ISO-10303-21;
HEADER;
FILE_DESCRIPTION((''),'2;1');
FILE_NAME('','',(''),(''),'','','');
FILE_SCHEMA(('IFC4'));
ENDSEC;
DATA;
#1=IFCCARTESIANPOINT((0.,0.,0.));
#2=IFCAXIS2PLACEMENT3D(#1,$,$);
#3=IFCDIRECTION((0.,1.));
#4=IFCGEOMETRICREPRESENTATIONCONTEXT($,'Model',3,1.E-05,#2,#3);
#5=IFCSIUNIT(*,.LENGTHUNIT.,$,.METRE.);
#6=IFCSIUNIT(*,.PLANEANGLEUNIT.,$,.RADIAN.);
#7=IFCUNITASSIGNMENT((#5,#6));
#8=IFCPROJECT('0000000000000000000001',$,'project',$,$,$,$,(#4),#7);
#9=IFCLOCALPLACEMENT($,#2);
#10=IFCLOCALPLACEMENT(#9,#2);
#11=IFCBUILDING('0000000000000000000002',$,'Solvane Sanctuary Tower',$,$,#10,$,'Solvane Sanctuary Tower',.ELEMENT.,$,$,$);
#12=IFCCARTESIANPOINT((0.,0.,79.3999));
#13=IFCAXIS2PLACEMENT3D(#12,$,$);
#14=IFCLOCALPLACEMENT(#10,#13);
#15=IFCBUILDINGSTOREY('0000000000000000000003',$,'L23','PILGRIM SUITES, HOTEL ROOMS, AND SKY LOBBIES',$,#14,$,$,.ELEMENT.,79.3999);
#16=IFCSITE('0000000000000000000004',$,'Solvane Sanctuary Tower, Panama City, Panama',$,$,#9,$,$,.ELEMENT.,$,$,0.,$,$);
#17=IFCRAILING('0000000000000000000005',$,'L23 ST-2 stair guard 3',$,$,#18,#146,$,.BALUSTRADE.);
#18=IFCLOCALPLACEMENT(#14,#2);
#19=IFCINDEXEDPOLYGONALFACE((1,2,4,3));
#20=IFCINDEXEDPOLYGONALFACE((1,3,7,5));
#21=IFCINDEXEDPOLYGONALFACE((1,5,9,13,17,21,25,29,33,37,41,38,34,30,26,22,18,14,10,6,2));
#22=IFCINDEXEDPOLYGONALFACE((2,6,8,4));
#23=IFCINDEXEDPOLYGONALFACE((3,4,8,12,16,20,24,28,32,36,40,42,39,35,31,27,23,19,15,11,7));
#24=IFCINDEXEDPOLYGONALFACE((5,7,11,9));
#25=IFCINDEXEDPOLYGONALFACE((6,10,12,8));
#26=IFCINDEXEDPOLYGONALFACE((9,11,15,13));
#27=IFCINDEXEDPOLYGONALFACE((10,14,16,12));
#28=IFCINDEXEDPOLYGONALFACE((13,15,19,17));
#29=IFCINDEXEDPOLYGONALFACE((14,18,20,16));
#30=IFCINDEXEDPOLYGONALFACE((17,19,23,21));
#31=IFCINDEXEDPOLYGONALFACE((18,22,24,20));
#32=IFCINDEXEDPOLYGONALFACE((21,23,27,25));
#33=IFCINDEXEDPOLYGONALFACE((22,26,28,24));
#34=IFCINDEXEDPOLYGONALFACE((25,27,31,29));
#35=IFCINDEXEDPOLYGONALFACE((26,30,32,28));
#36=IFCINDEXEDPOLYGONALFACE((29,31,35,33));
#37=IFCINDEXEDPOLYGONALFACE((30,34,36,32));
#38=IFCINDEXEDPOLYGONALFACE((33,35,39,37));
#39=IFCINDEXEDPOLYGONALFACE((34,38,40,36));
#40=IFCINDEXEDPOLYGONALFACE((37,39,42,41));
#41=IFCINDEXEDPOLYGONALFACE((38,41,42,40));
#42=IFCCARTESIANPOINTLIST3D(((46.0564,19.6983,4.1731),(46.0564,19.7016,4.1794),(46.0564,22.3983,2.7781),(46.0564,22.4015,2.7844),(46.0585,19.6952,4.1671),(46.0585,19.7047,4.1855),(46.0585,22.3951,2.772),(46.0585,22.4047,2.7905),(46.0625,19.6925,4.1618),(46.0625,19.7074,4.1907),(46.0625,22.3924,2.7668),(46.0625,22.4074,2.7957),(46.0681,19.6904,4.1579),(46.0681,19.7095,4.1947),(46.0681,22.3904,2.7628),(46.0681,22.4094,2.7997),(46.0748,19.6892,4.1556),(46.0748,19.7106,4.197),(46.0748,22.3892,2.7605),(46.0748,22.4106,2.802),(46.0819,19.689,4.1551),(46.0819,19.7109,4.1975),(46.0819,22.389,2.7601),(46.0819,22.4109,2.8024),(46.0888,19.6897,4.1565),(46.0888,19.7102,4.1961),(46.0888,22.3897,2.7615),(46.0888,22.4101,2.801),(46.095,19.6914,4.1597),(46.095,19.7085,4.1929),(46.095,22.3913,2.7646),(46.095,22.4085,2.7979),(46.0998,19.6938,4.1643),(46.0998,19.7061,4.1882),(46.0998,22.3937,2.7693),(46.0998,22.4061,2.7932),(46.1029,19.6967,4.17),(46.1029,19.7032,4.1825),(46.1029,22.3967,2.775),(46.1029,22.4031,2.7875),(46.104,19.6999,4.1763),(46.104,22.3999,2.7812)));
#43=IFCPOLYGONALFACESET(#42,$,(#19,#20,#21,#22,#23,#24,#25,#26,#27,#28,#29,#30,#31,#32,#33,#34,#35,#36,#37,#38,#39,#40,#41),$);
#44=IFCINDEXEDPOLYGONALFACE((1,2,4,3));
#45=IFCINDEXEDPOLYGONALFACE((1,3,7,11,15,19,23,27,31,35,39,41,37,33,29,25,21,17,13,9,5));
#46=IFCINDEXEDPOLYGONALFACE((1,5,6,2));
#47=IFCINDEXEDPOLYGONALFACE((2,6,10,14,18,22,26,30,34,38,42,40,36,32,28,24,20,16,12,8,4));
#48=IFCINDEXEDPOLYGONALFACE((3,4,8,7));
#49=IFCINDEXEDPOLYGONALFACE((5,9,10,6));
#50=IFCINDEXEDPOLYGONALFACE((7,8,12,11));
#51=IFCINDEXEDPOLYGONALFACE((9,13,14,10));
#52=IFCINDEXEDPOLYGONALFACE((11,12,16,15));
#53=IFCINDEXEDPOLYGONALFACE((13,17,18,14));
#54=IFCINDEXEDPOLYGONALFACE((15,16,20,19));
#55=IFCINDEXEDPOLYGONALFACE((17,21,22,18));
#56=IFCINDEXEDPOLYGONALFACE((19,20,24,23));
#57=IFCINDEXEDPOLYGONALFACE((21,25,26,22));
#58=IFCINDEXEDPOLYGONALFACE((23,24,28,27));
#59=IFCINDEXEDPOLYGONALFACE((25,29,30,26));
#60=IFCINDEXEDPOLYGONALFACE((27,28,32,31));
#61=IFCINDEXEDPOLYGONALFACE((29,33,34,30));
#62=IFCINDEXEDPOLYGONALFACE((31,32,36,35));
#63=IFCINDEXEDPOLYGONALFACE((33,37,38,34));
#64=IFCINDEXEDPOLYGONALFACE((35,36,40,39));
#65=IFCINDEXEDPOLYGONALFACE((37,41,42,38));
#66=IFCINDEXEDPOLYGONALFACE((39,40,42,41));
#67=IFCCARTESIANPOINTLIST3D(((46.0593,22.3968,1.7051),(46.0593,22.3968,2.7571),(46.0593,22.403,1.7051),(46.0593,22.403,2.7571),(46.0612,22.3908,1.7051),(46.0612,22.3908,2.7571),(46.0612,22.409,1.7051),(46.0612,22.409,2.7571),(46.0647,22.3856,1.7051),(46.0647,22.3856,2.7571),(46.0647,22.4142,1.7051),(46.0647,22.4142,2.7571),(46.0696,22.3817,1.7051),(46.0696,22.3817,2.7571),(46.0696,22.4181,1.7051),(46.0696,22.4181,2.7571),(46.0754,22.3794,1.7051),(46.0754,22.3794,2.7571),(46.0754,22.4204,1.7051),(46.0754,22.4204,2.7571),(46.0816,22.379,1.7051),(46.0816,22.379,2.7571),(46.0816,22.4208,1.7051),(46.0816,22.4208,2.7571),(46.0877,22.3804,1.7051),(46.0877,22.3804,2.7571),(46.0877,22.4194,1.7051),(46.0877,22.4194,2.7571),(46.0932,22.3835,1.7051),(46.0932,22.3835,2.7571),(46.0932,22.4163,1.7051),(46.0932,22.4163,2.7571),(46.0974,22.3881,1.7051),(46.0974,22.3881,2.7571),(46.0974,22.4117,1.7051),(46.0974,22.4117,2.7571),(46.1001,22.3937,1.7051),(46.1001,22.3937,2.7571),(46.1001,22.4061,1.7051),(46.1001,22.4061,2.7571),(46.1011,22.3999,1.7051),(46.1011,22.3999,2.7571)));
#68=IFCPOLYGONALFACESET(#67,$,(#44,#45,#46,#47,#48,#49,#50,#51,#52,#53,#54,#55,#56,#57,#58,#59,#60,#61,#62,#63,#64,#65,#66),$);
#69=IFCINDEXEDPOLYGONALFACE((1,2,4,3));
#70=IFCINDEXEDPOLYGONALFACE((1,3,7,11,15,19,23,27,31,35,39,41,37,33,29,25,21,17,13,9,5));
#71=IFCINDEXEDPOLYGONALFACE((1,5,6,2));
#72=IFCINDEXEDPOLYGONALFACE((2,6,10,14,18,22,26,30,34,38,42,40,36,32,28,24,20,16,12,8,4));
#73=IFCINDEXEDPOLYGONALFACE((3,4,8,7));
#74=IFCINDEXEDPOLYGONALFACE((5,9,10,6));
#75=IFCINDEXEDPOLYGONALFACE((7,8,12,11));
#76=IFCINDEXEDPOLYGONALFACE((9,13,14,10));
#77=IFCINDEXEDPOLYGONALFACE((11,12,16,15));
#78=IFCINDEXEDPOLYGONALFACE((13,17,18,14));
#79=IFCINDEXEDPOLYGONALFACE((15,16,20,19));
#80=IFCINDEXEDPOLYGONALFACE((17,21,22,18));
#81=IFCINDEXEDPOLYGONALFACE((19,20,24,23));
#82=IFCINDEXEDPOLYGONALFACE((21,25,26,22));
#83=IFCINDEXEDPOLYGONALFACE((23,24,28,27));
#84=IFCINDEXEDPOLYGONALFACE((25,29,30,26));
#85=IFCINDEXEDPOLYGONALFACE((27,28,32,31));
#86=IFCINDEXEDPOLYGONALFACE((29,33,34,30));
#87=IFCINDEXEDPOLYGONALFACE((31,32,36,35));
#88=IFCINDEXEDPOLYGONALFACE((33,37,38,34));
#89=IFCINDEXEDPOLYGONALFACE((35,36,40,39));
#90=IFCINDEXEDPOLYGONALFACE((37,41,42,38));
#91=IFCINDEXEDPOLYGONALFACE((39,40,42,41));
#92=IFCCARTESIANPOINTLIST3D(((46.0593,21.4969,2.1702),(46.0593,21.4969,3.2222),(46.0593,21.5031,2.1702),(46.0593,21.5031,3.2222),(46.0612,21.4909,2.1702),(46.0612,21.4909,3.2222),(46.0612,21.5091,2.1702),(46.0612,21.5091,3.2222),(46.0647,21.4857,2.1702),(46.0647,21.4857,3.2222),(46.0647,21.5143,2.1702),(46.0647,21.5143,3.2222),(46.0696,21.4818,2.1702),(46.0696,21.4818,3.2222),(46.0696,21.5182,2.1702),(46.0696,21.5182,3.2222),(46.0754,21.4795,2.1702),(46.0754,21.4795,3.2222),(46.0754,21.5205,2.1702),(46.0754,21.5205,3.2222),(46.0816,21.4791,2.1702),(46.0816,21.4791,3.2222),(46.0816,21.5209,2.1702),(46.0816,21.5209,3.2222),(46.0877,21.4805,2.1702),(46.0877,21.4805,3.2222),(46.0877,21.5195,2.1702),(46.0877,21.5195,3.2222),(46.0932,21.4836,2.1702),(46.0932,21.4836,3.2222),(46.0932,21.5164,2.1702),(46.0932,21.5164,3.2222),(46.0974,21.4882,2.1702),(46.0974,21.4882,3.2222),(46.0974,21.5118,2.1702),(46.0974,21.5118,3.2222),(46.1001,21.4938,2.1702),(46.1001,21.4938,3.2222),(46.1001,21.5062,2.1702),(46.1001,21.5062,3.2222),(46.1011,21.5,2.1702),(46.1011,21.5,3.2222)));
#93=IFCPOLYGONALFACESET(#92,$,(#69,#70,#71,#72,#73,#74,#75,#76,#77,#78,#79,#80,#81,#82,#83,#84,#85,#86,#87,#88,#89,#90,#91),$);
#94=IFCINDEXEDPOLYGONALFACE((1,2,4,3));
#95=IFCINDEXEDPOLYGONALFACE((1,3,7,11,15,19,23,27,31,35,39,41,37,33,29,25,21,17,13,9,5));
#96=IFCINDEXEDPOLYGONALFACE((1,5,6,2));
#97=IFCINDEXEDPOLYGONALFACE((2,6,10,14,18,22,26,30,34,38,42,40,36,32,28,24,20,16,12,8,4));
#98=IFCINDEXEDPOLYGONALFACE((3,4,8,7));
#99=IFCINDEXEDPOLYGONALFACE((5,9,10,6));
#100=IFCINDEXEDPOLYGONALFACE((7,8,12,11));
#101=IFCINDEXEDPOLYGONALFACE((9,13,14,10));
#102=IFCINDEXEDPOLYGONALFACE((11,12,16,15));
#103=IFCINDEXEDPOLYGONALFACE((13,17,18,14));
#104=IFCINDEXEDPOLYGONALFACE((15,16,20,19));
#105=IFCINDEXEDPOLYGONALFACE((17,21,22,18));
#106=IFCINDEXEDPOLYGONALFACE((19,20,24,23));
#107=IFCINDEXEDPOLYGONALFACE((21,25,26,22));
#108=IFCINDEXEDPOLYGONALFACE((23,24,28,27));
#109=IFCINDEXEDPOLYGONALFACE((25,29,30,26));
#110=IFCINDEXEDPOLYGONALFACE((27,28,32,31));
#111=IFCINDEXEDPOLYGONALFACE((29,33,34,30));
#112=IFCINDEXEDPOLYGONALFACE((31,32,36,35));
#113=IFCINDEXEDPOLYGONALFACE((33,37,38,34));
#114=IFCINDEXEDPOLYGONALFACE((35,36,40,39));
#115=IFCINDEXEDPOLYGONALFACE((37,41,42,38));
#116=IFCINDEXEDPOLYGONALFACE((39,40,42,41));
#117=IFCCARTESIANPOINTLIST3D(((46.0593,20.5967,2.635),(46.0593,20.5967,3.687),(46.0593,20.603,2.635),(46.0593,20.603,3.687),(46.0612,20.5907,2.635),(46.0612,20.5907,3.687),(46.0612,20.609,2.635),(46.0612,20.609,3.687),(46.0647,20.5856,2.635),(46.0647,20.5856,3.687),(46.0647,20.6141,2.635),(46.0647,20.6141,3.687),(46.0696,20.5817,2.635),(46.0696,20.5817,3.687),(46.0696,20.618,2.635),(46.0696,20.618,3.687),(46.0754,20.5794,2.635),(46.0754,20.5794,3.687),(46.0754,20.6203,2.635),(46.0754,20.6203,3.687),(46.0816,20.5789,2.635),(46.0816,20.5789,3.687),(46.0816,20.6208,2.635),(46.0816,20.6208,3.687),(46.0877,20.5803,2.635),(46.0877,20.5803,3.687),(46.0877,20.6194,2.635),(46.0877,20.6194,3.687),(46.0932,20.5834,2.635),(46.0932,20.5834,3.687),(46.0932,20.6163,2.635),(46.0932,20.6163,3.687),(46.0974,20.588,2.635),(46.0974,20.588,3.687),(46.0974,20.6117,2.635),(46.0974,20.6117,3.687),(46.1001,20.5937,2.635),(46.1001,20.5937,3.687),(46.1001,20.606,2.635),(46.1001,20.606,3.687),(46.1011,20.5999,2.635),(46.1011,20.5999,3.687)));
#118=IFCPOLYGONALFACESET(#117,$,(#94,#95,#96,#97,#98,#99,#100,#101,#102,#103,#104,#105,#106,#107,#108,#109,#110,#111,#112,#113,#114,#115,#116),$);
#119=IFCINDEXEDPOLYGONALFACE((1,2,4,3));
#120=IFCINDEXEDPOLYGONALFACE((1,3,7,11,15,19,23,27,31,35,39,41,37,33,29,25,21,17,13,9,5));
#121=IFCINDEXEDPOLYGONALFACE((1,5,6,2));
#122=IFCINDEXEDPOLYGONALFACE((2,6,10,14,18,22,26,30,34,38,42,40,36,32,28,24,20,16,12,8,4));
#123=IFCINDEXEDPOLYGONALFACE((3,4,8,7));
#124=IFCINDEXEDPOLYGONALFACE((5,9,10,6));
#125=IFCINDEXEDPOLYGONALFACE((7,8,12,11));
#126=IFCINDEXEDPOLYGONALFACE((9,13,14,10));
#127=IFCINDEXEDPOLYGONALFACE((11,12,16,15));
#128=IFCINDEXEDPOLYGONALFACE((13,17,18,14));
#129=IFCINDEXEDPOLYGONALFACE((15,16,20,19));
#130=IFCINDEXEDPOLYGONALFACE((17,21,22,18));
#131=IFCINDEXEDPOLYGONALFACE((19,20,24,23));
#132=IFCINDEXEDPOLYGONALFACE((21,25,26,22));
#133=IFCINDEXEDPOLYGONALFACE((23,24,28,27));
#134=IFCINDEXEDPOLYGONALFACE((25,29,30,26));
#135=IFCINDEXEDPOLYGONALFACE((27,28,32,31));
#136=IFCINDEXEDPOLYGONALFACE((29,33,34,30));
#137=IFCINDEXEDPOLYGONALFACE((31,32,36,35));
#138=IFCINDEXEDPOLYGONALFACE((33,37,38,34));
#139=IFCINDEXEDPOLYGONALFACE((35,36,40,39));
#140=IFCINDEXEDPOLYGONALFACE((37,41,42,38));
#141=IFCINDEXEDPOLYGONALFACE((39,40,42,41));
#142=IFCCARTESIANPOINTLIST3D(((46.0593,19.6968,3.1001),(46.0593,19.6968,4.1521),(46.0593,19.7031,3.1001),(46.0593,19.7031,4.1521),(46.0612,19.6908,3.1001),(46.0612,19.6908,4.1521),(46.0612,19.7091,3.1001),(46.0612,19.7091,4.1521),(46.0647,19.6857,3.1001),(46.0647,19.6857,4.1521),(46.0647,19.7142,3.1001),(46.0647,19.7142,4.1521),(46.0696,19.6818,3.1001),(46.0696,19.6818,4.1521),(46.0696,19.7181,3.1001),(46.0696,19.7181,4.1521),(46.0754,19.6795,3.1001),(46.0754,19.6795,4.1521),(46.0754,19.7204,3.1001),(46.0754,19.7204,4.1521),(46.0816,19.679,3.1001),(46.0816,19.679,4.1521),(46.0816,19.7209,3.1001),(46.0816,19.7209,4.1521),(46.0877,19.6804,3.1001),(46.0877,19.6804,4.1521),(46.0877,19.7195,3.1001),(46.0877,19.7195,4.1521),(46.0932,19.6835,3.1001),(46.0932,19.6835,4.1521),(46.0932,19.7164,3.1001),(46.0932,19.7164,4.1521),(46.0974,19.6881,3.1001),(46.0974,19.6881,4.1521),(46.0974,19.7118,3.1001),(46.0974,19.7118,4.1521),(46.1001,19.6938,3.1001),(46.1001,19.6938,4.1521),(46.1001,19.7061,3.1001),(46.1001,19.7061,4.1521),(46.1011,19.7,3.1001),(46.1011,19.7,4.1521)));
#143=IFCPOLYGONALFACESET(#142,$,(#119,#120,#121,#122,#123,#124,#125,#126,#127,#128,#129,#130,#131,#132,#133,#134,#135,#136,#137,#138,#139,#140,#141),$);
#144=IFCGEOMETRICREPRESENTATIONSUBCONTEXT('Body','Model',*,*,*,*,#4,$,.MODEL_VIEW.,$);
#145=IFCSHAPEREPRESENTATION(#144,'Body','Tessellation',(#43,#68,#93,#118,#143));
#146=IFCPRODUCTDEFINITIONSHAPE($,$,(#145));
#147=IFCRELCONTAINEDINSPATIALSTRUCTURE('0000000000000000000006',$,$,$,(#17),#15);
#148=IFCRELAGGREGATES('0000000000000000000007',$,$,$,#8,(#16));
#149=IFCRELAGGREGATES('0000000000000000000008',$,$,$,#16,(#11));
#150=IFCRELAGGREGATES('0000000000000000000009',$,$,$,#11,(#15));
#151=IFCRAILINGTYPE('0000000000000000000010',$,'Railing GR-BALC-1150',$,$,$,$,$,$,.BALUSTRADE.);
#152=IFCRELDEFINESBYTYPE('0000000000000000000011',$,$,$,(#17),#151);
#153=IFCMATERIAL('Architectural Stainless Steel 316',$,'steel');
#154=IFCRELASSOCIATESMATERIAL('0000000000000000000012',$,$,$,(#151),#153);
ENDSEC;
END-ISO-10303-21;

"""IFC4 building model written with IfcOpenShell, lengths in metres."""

from ifc_helpers import new_model, si_unit, direction, frame, origin, origin_2d, place, context, subcontext, project, spatial, circle, extrude, material, type_object, element, save


model = new_model("IFC4")

# Units and contexts
model_context = context("Model", 3, precision=1e-05, world=origin(), true_north=direction((0.0, 1.0)))
body_context = subcontext(model_context, "Body", "Model", "MODEL_VIEW")
ifc_project = project(units=[si_unit("LENGTHUNIT", "METRE"), si_unit("PLANEANGLEUNIT", "RADIAN")], contexts=[model_context])

# Site, building, storey
site_placement = place(None, origin())
site = spatial("IfcSite", under=ifc_project, at=site_placement, Name="Solvane Sanctuary Tower, Panama City, Panama", CompositionType="ELEMENT", RefElevation=0.0)
building_placement = place(site_placement, origin())
building = spatial("IfcBuilding", under=site, at=building_placement, Name="Solvane Sanctuary Tower", LongName="Solvane Sanctuary Tower", CompositionType="ELEMENT")
storey_placement = place(building_placement, frame((0.0, 0.0, 79.3999)))
storey = spatial("IfcBuildingStorey", under=building, at=storey_placement, Name="L23", Description="PILGRIM SUITES, HOTEL ROOMS, AND SKY LOBBIES", CompositionType="ELEMENT", Elevation=79.3999)

# Shared definitions
ifc_material_1 = material(Name="Architectural Stainless Steel 316", Category="steel")

# Railing
railing_type_1 = type_object("IfcRailingType", Name="Railing GR-BALC-1150", PredefinedType="BALUSTRADE", material=ifc_material_1)
railing_1_placement = place(storey_placement, frame((46.0801, 22.3999, 1.7051)))
element("IfcRailing", 1, at=railing_1_placement, inside=storey, type_object=railing_type_1, Name="L23 ST-2 stair guard 3", PredefinedType="BALUSTRADE", context=body_context, shape_type="SweptSolid", body=[
    extrude(circle(Radius=0.0239, at=origin_2d()), frame((0.0, 0.0, 1.0762), z_axis=(0.0, -0.88842, 0.459032), x_axis=(1.0, 0.0, 0.0)), (0.0, 0.0, 1.0), 3.0391),
    extrude(circle(Radius=0.021, at=origin_2d()), origin(), (0.0, 0.0, 1.0), 1.052),
    extrude(circle(Radius=0.021, at=origin_2d()), frame((0.0, -0.8999, 0.4651)), (0.0, 0.0, 1.0), 1.052),
    extrude(circle(Radius=0.021, at=origin_2d()), frame((0.0, -1.8, 0.9299)), (0.0, 0.0, 1.0), 1.052),
    extrude(circle(Radius=0.021, at=origin_2d()), frame((0.0, -2.7, 1.395)), (0.0, 0.0, 1.0), 1.052),
])

save(model, "model.ifc")
